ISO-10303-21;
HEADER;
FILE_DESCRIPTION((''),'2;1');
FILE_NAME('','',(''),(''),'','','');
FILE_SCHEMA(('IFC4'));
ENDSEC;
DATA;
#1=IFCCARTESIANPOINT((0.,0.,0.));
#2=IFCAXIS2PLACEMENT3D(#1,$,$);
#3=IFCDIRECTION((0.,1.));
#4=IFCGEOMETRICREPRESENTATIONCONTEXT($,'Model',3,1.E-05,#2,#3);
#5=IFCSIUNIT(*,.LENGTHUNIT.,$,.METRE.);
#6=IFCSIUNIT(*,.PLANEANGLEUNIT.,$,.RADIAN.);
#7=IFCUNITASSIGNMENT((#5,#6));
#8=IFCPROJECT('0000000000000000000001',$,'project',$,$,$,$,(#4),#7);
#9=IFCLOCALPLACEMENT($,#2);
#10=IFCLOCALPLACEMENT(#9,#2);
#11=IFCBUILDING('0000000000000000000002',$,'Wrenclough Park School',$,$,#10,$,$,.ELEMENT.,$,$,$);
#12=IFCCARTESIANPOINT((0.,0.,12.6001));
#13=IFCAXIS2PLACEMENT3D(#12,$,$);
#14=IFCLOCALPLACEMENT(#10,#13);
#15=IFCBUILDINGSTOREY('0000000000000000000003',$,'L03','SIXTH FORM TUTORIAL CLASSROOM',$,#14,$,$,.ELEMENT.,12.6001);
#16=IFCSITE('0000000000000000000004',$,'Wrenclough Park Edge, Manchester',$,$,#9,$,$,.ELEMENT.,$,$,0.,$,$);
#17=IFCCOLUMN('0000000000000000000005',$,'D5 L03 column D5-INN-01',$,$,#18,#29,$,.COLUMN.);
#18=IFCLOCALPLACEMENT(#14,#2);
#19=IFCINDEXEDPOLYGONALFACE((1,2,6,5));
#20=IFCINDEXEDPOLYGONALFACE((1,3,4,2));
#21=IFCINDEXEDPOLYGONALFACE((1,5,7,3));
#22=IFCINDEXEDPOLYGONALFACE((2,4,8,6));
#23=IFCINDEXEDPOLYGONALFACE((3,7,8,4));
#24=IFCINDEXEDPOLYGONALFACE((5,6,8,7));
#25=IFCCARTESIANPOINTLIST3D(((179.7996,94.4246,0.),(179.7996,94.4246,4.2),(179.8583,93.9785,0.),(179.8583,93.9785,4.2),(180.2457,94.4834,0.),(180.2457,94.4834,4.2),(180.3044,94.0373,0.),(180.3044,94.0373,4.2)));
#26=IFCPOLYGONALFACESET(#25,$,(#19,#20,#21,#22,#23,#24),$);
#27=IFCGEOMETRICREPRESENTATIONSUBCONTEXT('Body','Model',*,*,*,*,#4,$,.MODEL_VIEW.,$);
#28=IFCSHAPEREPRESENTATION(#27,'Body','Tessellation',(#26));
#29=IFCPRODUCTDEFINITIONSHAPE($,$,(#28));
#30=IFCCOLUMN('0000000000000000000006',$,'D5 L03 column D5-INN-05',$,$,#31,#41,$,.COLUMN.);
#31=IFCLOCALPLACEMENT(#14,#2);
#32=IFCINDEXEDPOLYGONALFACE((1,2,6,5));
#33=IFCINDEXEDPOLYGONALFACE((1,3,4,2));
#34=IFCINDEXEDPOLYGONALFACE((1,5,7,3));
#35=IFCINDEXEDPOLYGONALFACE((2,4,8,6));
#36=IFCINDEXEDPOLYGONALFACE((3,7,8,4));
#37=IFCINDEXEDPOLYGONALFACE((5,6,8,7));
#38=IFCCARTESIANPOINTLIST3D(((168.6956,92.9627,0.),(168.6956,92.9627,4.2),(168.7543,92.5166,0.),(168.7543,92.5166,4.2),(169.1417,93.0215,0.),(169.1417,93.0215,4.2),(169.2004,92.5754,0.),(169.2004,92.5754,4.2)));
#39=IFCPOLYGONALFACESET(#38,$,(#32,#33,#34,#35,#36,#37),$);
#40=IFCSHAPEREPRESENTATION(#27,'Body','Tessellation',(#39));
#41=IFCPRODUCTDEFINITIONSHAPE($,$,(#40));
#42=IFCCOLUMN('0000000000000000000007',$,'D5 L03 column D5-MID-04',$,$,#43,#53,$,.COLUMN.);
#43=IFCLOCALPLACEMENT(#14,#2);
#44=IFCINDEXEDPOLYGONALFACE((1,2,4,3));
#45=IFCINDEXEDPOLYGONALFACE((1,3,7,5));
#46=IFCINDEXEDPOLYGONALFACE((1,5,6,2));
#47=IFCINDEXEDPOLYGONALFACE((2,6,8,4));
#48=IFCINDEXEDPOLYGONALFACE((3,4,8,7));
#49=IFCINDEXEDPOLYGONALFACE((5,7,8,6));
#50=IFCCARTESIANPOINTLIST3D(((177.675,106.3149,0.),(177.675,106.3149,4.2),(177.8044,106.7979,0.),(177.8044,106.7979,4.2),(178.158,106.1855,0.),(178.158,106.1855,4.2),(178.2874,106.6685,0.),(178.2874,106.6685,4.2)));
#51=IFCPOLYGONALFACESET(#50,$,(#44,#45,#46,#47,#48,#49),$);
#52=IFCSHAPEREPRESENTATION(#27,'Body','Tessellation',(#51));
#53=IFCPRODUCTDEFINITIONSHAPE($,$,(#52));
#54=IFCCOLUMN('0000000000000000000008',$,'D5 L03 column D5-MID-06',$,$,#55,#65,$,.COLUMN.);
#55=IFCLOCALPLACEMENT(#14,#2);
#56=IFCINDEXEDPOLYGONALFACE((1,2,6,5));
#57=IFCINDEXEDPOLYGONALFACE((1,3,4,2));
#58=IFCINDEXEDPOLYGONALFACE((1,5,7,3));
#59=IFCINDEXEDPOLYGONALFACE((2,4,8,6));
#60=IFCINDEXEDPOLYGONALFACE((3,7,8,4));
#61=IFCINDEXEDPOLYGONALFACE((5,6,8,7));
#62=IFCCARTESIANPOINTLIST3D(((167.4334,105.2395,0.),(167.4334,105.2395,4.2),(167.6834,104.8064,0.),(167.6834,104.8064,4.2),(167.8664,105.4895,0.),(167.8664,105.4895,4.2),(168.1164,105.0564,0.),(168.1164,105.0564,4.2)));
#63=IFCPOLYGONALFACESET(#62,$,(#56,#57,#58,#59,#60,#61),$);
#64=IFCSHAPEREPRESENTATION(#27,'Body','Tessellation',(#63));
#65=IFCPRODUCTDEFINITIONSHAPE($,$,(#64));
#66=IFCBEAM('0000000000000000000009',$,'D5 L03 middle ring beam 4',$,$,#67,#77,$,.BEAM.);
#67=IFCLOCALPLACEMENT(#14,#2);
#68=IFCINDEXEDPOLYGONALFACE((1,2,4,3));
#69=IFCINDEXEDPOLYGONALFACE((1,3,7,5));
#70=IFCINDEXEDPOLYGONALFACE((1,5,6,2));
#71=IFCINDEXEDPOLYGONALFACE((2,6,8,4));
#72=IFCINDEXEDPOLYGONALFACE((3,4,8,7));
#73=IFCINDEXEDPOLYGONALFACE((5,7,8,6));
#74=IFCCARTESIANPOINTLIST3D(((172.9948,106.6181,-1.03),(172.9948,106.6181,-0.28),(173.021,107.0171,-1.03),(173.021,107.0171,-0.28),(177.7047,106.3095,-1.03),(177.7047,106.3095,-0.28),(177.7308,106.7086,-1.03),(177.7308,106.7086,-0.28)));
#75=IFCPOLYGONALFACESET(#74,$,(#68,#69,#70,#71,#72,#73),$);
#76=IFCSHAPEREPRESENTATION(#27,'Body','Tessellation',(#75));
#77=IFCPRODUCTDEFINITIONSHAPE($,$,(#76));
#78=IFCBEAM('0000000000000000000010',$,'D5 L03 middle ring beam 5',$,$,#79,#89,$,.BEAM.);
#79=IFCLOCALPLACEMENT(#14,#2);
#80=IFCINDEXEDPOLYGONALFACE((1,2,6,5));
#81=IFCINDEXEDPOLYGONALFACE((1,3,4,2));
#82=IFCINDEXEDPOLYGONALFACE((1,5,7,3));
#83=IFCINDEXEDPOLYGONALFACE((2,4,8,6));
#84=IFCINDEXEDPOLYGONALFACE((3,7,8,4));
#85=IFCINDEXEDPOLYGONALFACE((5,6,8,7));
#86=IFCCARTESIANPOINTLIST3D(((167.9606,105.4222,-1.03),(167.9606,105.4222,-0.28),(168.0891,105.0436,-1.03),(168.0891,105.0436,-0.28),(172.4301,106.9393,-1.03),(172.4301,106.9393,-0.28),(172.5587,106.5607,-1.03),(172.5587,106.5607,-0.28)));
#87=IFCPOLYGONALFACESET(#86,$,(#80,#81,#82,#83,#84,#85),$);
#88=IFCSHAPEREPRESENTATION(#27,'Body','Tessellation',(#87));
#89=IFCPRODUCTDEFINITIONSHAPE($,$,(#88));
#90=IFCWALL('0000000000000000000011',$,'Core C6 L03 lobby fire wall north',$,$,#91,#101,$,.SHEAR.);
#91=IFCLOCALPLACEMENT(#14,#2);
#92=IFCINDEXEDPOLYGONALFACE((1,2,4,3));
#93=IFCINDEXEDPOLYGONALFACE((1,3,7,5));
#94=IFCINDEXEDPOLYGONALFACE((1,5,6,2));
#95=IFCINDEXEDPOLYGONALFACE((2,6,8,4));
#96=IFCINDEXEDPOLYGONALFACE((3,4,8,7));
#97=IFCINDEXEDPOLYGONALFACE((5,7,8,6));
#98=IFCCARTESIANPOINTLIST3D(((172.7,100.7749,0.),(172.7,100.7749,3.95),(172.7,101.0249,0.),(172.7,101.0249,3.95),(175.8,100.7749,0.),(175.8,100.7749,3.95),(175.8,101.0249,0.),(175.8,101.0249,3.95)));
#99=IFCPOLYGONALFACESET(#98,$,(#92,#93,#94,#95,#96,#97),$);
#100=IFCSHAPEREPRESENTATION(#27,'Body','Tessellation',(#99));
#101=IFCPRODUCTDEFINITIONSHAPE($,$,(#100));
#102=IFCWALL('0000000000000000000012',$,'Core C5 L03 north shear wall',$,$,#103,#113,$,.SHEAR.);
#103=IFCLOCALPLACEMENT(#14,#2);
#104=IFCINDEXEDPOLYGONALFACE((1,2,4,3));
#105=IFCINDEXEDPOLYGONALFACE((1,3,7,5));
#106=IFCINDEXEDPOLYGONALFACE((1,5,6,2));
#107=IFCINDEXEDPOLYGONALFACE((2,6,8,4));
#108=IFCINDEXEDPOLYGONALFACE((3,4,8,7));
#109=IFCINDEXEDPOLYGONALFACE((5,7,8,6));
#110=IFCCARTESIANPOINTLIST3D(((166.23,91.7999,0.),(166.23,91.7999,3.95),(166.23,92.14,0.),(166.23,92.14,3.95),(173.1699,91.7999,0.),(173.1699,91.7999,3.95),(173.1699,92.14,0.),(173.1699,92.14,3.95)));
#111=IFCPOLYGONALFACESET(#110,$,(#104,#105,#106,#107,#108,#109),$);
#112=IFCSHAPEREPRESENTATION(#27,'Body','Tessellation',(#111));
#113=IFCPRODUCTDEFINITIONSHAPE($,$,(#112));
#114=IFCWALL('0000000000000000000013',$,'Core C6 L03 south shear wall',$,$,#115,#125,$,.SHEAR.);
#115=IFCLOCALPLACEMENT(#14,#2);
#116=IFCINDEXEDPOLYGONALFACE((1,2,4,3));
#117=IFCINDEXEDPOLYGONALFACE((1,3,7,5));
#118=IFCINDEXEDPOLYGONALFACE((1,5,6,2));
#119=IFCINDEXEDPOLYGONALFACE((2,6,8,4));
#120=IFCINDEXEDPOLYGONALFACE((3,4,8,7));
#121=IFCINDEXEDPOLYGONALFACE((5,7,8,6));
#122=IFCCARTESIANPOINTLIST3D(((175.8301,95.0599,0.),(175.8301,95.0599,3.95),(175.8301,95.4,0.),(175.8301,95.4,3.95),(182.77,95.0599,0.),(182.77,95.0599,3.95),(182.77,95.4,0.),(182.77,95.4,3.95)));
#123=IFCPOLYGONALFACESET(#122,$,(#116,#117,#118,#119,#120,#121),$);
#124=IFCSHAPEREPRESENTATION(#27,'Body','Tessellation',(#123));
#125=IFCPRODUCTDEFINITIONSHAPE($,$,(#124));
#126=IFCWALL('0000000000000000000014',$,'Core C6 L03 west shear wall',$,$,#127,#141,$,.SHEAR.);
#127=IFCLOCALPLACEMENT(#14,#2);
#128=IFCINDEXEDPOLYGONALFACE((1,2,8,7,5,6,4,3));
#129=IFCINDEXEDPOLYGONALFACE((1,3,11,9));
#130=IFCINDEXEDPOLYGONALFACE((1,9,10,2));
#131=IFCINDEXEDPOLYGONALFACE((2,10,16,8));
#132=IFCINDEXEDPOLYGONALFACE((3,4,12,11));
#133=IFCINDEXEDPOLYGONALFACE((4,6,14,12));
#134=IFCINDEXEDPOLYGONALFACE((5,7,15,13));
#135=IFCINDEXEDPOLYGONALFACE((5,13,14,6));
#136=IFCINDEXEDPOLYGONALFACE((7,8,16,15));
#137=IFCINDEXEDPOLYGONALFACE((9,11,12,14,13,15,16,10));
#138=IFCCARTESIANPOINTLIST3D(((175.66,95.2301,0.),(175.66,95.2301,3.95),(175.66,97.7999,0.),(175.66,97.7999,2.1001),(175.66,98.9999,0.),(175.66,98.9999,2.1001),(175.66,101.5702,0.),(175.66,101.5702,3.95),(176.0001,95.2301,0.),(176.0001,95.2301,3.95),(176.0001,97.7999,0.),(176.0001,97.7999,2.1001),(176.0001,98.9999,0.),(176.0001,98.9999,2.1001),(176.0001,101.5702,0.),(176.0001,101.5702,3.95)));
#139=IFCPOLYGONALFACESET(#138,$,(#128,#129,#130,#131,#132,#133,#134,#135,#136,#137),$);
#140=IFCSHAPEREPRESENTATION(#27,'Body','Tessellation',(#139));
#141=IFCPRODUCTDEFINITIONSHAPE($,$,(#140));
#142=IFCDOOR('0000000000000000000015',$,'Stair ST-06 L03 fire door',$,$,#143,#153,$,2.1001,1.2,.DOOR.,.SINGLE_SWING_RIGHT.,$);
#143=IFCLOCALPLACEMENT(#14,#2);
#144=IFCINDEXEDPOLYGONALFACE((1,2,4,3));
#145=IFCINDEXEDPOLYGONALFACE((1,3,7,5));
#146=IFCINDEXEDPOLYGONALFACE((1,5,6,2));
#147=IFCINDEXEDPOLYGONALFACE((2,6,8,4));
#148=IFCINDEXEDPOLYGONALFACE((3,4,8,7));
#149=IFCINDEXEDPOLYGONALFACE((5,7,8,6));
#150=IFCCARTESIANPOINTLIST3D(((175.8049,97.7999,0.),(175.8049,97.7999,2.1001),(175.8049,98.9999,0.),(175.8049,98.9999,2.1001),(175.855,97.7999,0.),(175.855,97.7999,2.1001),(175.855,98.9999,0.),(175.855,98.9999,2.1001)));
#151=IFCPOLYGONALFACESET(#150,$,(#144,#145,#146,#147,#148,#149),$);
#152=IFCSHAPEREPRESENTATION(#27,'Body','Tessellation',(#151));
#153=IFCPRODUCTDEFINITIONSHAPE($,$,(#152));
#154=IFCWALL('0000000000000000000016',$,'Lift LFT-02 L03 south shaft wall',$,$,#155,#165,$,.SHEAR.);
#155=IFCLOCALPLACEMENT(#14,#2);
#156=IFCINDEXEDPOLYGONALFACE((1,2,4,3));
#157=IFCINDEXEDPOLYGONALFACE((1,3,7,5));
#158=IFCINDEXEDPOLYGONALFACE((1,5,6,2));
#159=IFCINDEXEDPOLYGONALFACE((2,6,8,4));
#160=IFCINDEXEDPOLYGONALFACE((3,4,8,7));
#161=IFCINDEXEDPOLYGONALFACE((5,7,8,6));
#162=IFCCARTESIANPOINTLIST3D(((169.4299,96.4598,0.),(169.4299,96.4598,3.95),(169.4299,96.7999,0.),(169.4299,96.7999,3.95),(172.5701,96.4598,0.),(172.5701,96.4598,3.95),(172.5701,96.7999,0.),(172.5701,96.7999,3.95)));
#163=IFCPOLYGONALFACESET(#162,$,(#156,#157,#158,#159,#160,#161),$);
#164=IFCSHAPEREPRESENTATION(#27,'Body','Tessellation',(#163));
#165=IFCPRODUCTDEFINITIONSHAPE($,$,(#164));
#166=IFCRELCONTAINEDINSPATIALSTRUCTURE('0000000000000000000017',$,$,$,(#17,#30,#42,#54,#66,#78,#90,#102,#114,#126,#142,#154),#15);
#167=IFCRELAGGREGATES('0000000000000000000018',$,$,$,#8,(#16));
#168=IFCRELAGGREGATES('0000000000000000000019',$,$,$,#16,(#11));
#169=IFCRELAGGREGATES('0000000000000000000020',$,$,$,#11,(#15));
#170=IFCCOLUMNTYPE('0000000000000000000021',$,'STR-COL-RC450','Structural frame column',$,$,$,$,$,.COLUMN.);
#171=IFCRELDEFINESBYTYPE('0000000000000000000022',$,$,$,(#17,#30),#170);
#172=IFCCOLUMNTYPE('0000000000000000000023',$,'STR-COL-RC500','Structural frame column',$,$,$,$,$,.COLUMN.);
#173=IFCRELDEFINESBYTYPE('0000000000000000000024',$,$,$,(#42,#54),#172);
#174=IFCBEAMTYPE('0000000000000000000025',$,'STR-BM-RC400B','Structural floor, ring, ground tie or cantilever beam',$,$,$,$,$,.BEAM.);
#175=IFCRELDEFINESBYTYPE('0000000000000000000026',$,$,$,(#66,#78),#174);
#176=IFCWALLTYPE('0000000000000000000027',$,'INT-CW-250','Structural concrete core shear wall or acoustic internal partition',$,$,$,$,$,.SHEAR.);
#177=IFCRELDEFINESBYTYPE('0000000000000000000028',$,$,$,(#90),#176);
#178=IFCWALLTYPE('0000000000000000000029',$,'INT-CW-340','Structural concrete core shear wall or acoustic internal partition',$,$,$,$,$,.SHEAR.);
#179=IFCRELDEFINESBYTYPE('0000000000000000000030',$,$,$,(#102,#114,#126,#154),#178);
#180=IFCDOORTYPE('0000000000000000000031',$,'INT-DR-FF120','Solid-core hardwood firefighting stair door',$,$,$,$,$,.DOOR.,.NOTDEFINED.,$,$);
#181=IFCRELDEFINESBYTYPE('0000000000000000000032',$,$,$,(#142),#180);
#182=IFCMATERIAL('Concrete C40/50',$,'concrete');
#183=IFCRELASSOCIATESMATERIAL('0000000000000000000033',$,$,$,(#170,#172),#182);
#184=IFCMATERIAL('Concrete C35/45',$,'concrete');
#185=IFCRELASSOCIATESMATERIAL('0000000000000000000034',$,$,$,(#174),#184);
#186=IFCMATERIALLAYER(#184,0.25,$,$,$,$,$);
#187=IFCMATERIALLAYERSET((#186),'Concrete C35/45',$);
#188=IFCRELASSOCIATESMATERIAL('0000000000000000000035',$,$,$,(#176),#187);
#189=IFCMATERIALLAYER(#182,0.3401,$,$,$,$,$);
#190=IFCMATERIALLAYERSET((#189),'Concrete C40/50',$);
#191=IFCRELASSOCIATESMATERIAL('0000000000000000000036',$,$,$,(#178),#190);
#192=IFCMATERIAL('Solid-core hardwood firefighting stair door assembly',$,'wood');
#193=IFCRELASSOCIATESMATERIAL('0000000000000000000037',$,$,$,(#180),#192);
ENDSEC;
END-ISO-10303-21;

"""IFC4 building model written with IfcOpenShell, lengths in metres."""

from ifc_helpers import new_model, si_unit, direction, frame, frame_2d, origin, origin_2d, place, context, subcontext, project, spatial, rectangle, extrude, material, layer, layer_set, material_profile, profile_set, type_object, element, fill, save


model = new_model("IFC4")

# Units and contexts
model_context = context("Model", 3, precision=1e-05, world=origin(), true_north=direction((0.0, 1.0)))
body_context = subcontext(model_context, "Body", "Model", "MODEL_VIEW")
ifc_project = project(units=[si_unit("LENGTHUNIT", "METRE"), si_unit("PLANEANGLEUNIT", "RADIAN")], contexts=[model_context])

# Site, building, storey
site_placement = place(None, origin())
site = spatial("IfcSite", under=ifc_project, at=site_placement, Name="Wrenclough Park Edge, Manchester", CompositionType="ELEMENT", RefElevation=0.0)
building_placement = place(site_placement, origin())
building = spatial("IfcBuilding", under=site, at=building_placement, Name="Wrenclough Park School", CompositionType="ELEMENT")
storey_placement = place(building_placement, frame((0.0, 0.0, 12.6001)))
storey = spatial("IfcBuildingStorey", under=building, at=storey_placement, Name="L03", Description="SIXTH FORM TUTORIAL CLASSROOM", CompositionType="ELEMENT", Elevation=12.6001)

# Columns
ifc_material_1 = material(Name="Concrete C40/50", Category="concrete")
ifc_material_profile_1 = material_profile(ifc_material_1, rectangle(XDim=0.45, YDim=0.45, at=origin_2d()), Name="RC COL 450x450")
ifc_profile_set_1 = profile_set([ifc_material_profile_1], Name="Concrete C40/50")
column_type_1 = type_object("IfcColumnType", Name="STR-COL-RC450", Description="Structural frame column", PredefinedType="COLUMN", material=ifc_profile_set_1)
for number, where, z_axis, x_axis, name in (
    (1, (180.052, 94.231, 0.0), (0.0, 0.0, 1.0), (0.991445, 0.130526, 0.0), "D5 L03 column D5-INN-01"),
    (2, (168.948, 92.769, 0.0), (0.0, 0.0, 1.0), (-0.991445, -0.130526, 0.0), "D5 L03 column D5-INN-05"),
):
    element("IfcColumn", number, at=place(storey_placement, frame(where, z_axis=z_axis, x_axis=x_axis)), inside=storey, type_object=column_type_1, Name=name, PredefinedType="COLUMN", context=body_context, shape_type="SweptSolid", body=[
        extrude(rectangle(XDim=0.45, YDim=0.45, at=origin_2d()), origin(), (0.0, 0.0, 1.0), 4.2),
    ])
ifc_material_profile_2 = material_profile(ifc_material_1, rectangle(XDim=0.5, YDim=0.5, at=origin_2d()), Name="RC COL 500x500")
ifc_profile_set_2 = profile_set([ifc_material_profile_2], Name="Concrete C40/50")
column_type_2 = type_object("IfcColumnType", Name="STR-COL-RC500", Description="Structural frame column", PredefinedType="COLUMN", material=ifc_profile_set_2)
for number, where, z_axis, x_axis, name in (
    (3, (177.9812, 106.4917, 0.0), (0.0, 0.0, 1.0), (-0.965926, 0.258819, 0.0), "D5 L03 column D5-MID-04"),
    (4, (167.7749, 105.1479, 0.0), (0.0, 0.0, 1.0), (-0.866025, -0.5, 0.0), "D5 L03 column D5-MID-06"),
):
    element("IfcColumn", number, at=place(storey_placement, frame(where, z_axis=z_axis, x_axis=x_axis)), inside=storey, type_object=column_type_2, Name=name, PredefinedType="COLUMN", context=body_context, shape_type="SweptSolid", body=[
        extrude(rectangle(XDim=0.5, YDim=0.5, at=origin_2d()), origin(), (0.0, 0.0, 1.0), 4.2),
    ])

# Beams
ifc_material_2 = material(Name="Concrete C35/45", Category="concrete")
ifc_material_profile_3 = material_profile(ifc_material_2, rectangle(XDim=0.3999, YDim=0.75, at=origin_2d()), Name="RC BEAM 400x750")
ifc_profile_set_3 = profile_set([ifc_material_profile_3], Name="Concrete C35/45")
beam_type = type_object("IfcBeamType", Name="STR-BM-RC400B", Description="Structural floor, ring, ground tie or cantilever beam", PredefinedType="BEAM", material=ifc_profile_set_3)
for number, where, z_axis, x_axis, name in (
    (5, (177.7178, 106.509, -0.655), (-0.99786, 0.065379, 0.0), (-0.065379, -0.99786, 0.0), "D5 L03 middle ring beam 4"),
    (6, (172.4944, 106.75, -0.655), (-0.946936, -0.321421, 0.0), (0.321421, -0.946936, 0.0), "D5 L03 middle ring beam 5"),
):
    element("IfcBeam", number, at=place(storey_placement, frame(where, z_axis=z_axis, x_axis=x_axis)), inside=storey, type_object=beam_type, Name=name, PredefinedType="BEAM", context=body_context, shape_type="SweptSolid", body=[
        extrude(rectangle(XDim=0.3999, YDim=0.75, at=origin_2d()), origin(), (0.0, 0.0, 1.0), 4.72),
    ])

# Shared definitions
ifc_layer_1 = layer(ifc_material_2, 0.25)
ifc_layer_set_1 = layer_set([ifc_layer_1], Name="Concrete C35/45")
wall_type_1 = type_object("IfcWallType", Name="INT-CW-250", Description="Structural concrete core shear wall or acoustic internal partition", PredefinedType="SHEAR", material=ifc_layer_set_1)

# Walls
wall_1_placement = place(storey_placement, frame((175.8, 100.8999, 0.0), z_axis=(0.0, 0.0, 1.0), x_axis=(-1.0, 0.0, 0.0)))
element("IfcWall", 7, at=wall_1_placement, inside=storey, type_object=wall_type_1, Name="Core C6 L03 lobby fire wall north", PredefinedType="SHEAR", context=body_context, shape_type="SweptSolid", body=[
    extrude(rectangle(XDim=3.1001, YDim=0.25, at=frame_2d((1.55, 0.0))), origin(), (0.0, 0.0, 1.0), 3.95),
])
ifc_layer_2 = layer(ifc_material_1, 0.3401)
ifc_layer_set_2 = layer_set([ifc_layer_2], Name="Concrete C40/50")
wall_type_2 = type_object("IfcWallType", Name="INT-CW-340", Description="Structural concrete core shear wall or acoustic internal partition", PredefinedType="SHEAR", material=ifc_layer_set_2)
for number, where, z_axis, x_axis, name in (
    (8, (173.1699, 91.97, 0.0), (0.0, 0.0, 1.0), (-1.0, 0.0, 0.0), "Core C5 L03 north shear wall"),
    (9, (175.8301, 95.23, 0.0), (0.0, 0.0, 1.0), (1.0, 0.0, 0.0), "Core C6 L03 south shear wall"),
):
    element("IfcWall", number, at=place(storey_placement, frame(where, z_axis=z_axis, x_axis=x_axis)), inside=storey, type_object=wall_type_2, Name=name, PredefinedType="SHEAR", context=body_context, shape_type="SweptSolid", body=[
        extrude(rectangle(XDim=6.9399, YDim=0.3401, at=frame_2d((3.47, 0.0))), origin(), (0.0, 0.0, 1.0), 3.95),
    ])

# Wall, opening, door
wall_2_placement = place(storey_placement, frame((175.8301, 101.5701, 0.0), z_axis=(0.0, 0.0, 1.0), x_axis=(0.0, -1.0, 0.0)))
wall_2 = element("IfcWall", 10, at=wall_2_placement, inside=storey, type_object=wall_type_2, Name="Core C6 L03 west shear wall", PredefinedType="SHEAR", context=body_context, shape_type="SweptSolid", body=[
    extrude(rectangle(XDim=6.3401, YDim=0.3401, at=frame_2d((3.1699, 0.0))), origin(), (0.0, 0.0, 1.0), 3.95),
])
opening_1_placement = place(wall_2_placement, frame((2.5701, 0.0, 0.0)))
opening_1 = element("IfcOpeningElement", 11, at=opening_1_placement, cuts=wall_2, PredefinedType="OPENING", context=body_context, shape_type="SweptSolid", body=[
    extrude(rectangle(XDim=1.2, YDim=2.1001, at=frame_2d((0.6001, 1.05))), frame((0.0, 0.1799, 0.0), z_axis=(0.0, -1.0, 0.0), x_axis=(1.0, 0.0, 0.0)), (0.0, 0.0, 1.0), 0.3601),
])
ifc_material_3 = material(Name="Solid-core hardwood firefighting stair door assembly", Category="wood")
door_type_1 = type_object("IfcDoorType", Name="INT-DR-FF120", Description="Solid-core hardwood firefighting stair door", OperationType="NOTDEFINED", PredefinedType="DOOR", material=ifc_material_3)
door_1_placement = place(opening_1_placement, origin())
door_1 = element("IfcDoor", 12, at=door_1_placement, inside=storey, type_object=door_type_1, Name="Stair ST-06 L03 fire door", OperationType="SINGLE_SWING_RIGHT", OverallHeight=2.1001, OverallWidth=1.2, PredefinedType="DOOR", context=body_context, shape_type="SweptSolid", body=[
    extrude(rectangle(XDim=1.2, YDim=2.1001, at=frame_2d((0.6001, 1.05))), frame((0.0, 0.0249, 0.0), z_axis=(0.0, -1.0, 0.0), x_axis=(1.0, 0.0, 0.0)), (0.0, 0.0, 1.0), 0.05),
])
fill(opening_1, door_1)

# Wall
wall_3_placement = place(storey_placement, frame((169.4299, 96.6299, 0.0), z_axis=(0.0, 0.0, 1.0), x_axis=(1.0, 0.0, 0.0)))
element("IfcWall", 13, at=wall_3_placement, inside=storey, type_object=wall_type_2, Name="Lift LFT-02 L03 south shaft wall", PredefinedType="SHEAR", context=body_context, shape_type="SweptSolid", body=[
    extrude(rectangle(XDim=3.1401, YDim=0.3401, at=frame_2d((1.5701, 0.0))), origin(), (0.0, 0.0, 1.0), 3.95),
])

save(model, "model.ifc")
